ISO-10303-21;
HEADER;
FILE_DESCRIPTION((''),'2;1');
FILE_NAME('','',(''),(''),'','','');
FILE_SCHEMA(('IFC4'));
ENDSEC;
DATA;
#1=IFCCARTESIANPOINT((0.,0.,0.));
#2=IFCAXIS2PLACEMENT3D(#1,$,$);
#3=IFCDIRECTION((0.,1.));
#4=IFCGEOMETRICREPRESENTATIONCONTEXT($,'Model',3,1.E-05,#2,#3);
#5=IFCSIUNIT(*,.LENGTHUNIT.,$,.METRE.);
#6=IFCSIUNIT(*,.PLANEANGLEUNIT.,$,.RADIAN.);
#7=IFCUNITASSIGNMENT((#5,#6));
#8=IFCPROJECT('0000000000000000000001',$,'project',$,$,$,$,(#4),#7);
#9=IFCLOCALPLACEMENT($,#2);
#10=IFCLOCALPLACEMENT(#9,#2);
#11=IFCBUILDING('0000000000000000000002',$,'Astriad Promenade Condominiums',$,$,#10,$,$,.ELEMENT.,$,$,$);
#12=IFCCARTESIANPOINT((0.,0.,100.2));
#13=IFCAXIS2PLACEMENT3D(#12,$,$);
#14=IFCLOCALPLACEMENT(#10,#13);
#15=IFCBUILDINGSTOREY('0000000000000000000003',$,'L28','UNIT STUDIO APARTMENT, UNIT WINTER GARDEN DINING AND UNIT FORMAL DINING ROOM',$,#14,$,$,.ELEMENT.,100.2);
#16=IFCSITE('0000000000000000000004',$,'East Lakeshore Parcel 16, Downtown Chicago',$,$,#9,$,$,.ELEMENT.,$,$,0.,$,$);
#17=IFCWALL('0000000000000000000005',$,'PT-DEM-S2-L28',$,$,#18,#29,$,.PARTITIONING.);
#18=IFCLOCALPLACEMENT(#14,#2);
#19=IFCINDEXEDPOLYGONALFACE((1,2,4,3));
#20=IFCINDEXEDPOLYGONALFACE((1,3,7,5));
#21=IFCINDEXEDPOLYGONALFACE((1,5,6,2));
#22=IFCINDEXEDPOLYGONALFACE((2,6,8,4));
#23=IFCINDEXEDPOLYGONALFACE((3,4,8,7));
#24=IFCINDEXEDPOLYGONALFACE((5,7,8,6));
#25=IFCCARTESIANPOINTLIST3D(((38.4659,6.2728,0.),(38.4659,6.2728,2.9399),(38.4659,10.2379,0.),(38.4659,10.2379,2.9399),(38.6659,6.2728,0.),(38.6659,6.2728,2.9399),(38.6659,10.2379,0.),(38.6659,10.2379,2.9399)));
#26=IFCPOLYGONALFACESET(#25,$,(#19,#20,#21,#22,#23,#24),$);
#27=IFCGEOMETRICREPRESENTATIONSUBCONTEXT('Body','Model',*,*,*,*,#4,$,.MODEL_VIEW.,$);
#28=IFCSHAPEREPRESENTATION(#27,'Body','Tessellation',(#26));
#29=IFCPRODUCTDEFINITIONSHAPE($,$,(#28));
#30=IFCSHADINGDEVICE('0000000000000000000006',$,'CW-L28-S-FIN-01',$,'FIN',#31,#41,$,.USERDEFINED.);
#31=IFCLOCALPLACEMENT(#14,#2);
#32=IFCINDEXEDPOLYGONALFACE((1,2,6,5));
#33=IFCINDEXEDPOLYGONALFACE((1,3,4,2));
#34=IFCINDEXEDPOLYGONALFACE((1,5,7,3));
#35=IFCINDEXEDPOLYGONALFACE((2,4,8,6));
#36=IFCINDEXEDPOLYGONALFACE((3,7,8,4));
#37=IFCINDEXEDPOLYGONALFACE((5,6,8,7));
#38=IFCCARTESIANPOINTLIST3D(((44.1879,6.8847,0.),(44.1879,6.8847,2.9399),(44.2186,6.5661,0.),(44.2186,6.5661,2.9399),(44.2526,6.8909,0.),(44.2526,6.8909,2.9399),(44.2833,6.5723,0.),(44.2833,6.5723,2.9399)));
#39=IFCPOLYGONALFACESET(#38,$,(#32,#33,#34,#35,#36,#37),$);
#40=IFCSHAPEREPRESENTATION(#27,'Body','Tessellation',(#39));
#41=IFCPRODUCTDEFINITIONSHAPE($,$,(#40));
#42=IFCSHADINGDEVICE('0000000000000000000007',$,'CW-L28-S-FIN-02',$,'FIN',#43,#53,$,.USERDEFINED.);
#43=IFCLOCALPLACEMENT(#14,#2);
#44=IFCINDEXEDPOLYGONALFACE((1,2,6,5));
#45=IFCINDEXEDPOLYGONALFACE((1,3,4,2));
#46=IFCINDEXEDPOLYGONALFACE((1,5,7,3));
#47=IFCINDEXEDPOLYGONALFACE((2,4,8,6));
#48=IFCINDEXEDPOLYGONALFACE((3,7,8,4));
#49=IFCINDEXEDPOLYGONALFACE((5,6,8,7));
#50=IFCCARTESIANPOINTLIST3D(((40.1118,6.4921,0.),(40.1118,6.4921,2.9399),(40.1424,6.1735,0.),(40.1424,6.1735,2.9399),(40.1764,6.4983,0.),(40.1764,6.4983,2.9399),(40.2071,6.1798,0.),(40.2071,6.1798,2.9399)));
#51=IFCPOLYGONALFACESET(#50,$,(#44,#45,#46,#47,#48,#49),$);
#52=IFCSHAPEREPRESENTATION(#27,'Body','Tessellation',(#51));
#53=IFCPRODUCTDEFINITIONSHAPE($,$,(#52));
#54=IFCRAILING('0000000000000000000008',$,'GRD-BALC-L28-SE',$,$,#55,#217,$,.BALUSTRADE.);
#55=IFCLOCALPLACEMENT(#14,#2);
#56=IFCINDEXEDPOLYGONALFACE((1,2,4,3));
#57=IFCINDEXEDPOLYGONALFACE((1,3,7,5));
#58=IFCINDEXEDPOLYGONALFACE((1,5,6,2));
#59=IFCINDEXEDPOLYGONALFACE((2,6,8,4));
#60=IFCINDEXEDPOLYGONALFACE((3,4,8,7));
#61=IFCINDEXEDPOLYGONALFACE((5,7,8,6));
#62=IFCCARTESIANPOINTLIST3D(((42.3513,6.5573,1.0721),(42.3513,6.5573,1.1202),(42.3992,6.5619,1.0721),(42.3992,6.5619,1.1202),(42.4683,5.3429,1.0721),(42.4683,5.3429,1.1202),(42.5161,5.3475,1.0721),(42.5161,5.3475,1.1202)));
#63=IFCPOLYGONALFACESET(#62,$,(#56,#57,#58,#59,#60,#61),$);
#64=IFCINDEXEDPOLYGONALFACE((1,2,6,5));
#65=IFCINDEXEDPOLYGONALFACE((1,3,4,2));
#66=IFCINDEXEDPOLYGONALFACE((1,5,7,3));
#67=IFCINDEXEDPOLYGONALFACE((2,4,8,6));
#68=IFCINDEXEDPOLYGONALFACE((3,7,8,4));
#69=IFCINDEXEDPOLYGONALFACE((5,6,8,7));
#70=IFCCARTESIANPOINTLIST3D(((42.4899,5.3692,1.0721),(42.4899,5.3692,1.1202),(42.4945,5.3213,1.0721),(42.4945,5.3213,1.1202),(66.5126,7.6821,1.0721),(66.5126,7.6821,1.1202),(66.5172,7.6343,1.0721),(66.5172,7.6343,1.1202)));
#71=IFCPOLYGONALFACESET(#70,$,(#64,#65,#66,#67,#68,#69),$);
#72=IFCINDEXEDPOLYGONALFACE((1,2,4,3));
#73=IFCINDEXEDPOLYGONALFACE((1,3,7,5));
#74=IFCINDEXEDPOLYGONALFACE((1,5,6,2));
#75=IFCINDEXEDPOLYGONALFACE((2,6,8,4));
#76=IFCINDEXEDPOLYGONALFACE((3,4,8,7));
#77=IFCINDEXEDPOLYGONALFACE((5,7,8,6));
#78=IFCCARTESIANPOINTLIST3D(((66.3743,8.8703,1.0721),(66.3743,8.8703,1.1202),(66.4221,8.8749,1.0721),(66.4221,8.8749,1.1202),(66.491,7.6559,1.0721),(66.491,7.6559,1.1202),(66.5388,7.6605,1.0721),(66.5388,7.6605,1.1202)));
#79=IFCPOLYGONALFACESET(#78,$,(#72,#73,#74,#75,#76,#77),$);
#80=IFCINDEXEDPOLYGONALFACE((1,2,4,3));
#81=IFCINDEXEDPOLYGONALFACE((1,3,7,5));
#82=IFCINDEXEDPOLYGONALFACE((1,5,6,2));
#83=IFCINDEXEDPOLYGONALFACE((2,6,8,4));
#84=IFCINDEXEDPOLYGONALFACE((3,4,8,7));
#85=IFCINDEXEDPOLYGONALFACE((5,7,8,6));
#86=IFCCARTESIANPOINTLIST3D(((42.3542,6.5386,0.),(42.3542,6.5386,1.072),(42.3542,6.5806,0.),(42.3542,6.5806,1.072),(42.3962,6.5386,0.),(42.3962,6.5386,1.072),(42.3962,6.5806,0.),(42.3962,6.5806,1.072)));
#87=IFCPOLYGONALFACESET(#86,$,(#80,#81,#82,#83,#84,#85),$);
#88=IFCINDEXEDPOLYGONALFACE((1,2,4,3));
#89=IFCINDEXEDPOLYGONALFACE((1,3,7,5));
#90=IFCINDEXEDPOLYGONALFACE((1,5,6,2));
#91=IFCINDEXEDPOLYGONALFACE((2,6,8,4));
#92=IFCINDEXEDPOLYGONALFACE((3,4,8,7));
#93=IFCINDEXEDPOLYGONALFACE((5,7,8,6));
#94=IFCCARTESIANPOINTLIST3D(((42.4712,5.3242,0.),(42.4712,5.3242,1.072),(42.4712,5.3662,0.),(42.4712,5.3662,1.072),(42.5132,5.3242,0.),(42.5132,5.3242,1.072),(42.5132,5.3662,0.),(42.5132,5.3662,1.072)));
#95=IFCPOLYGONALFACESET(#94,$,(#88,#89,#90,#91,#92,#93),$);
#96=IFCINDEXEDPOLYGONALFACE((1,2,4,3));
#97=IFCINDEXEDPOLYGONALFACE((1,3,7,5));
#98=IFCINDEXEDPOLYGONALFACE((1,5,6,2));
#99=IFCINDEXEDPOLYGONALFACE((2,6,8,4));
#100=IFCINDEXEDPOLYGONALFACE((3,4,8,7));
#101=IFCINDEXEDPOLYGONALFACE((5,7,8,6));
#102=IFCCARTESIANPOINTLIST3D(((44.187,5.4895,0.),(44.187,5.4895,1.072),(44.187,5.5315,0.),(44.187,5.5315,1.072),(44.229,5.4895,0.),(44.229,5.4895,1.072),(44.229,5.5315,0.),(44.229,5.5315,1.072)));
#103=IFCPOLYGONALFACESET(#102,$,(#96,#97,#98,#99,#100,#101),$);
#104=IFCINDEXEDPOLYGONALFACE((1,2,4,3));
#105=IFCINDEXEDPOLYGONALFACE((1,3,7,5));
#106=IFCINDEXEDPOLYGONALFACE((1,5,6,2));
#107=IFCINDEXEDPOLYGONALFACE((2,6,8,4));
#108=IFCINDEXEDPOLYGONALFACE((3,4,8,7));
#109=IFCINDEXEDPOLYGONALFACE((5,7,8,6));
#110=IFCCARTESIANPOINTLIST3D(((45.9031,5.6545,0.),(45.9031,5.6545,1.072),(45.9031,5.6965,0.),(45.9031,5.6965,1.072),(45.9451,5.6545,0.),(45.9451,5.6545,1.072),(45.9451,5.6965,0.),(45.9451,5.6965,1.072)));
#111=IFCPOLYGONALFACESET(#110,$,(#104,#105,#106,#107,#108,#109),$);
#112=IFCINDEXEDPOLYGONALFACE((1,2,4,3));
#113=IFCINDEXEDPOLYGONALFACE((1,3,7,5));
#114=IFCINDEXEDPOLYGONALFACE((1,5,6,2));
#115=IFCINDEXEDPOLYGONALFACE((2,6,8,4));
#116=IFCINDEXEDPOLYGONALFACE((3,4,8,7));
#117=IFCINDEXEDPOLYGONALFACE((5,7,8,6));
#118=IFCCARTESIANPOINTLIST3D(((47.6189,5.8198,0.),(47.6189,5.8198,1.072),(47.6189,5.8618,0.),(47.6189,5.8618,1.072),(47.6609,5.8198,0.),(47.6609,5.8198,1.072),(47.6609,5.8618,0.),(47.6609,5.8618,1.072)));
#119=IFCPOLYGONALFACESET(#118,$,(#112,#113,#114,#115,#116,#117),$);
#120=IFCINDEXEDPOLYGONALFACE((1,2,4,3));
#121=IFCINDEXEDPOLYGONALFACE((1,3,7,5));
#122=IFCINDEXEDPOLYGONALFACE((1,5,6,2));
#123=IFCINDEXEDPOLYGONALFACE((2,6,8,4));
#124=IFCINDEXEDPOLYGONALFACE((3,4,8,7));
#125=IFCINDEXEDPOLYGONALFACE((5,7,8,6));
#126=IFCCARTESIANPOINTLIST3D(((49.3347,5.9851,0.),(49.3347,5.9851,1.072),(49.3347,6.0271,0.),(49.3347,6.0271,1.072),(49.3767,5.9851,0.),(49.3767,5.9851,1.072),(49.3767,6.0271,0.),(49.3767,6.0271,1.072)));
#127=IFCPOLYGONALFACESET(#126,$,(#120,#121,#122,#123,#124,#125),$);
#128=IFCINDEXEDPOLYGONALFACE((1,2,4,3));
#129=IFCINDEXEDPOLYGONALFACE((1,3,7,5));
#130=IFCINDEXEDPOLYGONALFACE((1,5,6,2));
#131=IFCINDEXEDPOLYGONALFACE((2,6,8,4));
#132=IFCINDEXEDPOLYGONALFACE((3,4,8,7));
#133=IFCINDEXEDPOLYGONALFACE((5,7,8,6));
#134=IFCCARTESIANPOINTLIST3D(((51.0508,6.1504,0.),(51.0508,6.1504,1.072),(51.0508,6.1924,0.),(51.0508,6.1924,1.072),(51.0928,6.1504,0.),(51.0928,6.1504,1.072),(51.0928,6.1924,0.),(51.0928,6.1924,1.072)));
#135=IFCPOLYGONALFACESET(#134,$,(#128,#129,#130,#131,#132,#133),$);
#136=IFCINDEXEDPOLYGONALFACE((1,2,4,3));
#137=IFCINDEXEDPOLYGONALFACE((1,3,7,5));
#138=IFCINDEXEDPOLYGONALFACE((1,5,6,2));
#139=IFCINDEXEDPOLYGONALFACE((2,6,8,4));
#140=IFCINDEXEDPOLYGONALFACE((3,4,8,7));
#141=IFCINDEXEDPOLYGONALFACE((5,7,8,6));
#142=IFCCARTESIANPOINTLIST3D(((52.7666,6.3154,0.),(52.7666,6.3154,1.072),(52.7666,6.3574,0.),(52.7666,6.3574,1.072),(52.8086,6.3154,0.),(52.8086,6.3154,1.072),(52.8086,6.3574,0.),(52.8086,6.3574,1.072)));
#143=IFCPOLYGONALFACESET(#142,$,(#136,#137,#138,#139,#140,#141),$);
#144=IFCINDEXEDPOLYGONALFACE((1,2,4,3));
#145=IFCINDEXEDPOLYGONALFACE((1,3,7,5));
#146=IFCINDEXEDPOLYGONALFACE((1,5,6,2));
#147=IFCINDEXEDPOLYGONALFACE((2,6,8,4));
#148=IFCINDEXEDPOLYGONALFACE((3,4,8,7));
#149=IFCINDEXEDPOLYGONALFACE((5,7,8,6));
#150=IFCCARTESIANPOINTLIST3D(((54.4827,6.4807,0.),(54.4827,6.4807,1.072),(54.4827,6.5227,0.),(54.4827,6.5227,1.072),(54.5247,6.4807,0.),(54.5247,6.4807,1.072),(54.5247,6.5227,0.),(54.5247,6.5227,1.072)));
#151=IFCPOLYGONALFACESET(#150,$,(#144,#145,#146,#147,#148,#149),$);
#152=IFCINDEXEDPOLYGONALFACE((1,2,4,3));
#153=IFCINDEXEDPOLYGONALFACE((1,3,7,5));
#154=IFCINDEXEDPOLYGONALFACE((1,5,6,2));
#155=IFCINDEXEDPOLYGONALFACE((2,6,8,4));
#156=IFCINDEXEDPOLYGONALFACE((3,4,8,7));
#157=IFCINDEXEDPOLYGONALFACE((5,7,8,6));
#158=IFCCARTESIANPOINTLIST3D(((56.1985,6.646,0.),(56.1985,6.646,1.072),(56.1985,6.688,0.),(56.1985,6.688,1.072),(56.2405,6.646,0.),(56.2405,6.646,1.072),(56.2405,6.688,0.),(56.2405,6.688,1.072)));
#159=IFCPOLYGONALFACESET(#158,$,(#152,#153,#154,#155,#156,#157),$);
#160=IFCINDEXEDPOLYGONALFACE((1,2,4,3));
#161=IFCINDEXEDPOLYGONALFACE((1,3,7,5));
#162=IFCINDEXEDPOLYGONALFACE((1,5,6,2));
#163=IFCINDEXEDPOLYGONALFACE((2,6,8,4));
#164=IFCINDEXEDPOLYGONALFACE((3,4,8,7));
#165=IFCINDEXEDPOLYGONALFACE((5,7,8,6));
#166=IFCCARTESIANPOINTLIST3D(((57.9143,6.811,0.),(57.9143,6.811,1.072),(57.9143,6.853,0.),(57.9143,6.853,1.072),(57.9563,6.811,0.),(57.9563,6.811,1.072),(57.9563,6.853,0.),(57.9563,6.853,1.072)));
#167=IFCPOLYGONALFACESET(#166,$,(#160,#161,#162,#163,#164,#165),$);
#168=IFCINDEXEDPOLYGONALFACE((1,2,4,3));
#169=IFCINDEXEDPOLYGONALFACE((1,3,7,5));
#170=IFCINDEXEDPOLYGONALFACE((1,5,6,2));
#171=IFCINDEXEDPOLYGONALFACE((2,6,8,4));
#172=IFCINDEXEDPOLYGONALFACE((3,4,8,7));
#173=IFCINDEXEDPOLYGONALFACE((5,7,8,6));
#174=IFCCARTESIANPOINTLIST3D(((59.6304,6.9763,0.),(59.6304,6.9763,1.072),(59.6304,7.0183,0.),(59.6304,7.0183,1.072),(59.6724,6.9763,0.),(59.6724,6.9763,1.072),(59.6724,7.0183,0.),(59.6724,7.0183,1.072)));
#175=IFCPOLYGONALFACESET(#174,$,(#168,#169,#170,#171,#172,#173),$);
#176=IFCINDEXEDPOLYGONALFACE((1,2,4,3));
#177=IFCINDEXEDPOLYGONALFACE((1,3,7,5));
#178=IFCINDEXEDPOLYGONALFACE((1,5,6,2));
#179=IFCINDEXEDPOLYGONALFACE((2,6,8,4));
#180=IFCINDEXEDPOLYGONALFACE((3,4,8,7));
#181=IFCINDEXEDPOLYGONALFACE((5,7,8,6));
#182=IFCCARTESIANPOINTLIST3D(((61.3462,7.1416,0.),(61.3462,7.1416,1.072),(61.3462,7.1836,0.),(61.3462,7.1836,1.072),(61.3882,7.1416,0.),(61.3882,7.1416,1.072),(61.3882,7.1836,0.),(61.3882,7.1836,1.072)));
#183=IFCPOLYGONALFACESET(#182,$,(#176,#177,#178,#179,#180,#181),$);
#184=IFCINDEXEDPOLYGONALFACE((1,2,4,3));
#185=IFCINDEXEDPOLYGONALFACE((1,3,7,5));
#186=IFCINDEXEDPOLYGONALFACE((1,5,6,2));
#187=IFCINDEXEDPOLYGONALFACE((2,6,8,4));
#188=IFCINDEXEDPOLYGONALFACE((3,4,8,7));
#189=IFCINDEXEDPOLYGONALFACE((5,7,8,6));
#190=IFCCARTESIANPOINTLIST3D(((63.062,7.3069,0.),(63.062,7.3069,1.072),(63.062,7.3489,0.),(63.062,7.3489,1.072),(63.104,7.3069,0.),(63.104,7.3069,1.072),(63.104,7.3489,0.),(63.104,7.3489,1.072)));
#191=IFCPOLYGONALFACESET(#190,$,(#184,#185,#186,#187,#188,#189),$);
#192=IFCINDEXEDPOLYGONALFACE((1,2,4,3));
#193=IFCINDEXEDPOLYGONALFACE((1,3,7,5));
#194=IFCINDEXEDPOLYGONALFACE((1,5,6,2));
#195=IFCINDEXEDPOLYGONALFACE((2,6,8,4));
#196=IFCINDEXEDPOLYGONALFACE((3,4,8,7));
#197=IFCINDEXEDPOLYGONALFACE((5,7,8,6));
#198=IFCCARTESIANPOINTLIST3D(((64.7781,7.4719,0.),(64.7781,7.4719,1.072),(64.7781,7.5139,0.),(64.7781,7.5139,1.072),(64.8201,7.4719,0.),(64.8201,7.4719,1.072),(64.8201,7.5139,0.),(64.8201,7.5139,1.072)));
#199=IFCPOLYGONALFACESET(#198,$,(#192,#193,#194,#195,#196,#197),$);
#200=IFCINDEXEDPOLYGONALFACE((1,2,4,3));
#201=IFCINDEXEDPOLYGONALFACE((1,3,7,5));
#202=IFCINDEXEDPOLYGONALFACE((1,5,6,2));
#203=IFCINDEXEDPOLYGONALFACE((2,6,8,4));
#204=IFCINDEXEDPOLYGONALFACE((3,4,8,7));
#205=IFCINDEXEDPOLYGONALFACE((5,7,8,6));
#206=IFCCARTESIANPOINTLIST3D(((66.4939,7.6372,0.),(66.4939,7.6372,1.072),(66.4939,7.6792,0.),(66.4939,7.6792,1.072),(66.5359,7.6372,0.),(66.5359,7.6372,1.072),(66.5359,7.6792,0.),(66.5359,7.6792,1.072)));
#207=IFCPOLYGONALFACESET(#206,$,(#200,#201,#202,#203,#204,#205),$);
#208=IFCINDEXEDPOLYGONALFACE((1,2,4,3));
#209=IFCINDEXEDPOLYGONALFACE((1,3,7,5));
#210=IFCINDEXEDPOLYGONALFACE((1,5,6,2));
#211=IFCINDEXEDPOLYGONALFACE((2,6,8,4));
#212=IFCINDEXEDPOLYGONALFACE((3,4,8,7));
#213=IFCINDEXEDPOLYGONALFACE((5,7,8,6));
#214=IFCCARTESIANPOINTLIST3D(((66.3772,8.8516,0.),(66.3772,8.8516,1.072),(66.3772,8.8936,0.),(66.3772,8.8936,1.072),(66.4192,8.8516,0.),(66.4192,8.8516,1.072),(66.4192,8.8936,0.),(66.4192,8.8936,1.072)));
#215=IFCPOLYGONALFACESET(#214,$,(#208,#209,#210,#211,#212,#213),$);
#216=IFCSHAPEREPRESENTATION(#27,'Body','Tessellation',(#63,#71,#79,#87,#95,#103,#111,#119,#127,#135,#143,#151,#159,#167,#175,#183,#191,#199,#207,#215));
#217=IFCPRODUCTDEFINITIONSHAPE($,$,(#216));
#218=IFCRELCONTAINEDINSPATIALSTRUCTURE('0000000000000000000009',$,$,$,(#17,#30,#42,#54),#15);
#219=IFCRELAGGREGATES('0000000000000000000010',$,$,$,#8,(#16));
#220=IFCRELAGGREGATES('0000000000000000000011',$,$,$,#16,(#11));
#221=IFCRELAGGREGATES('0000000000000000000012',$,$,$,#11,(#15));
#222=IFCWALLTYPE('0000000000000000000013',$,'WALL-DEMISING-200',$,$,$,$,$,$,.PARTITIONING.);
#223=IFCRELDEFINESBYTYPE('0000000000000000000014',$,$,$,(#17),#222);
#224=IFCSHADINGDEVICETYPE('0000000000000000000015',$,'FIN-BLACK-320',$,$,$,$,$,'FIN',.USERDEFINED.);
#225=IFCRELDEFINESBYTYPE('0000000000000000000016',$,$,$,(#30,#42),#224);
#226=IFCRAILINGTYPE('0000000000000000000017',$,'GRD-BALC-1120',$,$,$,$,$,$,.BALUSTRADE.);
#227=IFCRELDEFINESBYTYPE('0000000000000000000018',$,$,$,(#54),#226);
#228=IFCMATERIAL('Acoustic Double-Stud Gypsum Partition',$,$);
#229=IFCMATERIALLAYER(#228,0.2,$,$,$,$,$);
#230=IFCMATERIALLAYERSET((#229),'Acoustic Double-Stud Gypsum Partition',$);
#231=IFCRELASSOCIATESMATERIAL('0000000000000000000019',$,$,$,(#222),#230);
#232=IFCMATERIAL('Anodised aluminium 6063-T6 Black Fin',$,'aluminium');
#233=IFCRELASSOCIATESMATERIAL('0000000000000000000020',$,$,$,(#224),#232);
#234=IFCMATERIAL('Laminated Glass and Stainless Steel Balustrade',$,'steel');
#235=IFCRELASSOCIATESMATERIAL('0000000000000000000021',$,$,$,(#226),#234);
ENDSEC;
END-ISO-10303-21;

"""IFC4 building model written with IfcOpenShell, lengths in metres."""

from ifc_helpers import new_model, si_unit, direction, frame, frame_2d, origin, origin_2d, place, context, subcontext, project, spatial, rectangle, extrude, source, transform, mapped, material, layer, layer_set, type_object, type_shapes, element, save


model = new_model("IFC4")

# Units and contexts
model_context = context("Model", 3, precision=1e-05, world=origin(), true_north=direction((0.0, 1.0)))
body_context = subcontext(model_context, "Body", "Model", "MODEL_VIEW")
ifc_project = project(units=[si_unit("LENGTHUNIT", "METRE"), si_unit("PLANEANGLEUNIT", "RADIAN")], contexts=[model_context])

# Site, building, storey
site_placement = place(None, origin())
site = spatial("IfcSite", under=ifc_project, at=site_placement, Name="East Lakeshore Parcel 16, Downtown Chicago", CompositionType="ELEMENT", RefElevation=0.0)
building_placement = place(site_placement, origin())
building = spatial("IfcBuilding", under=site, at=building_placement, Name="Astriad Promenade Condominiums", CompositionType="ELEMENT")
storey_placement = place(building_placement, frame((0.0, 0.0, 100.2)))
storey = spatial("IfcBuildingStorey", under=building, at=storey_placement, Name="L28", Description="UNIT STUDIO APARTMENT, UNIT WINTER GARDEN DINING AND UNIT FORMAL DINING ROOM", CompositionType="ELEMENT", Elevation=100.2)

# Wall
ifc_material_1 = material(Name="Acoustic Double-Stud Gypsum Partition")
ifc_layer_1 = layer(ifc_material_1, 0.2)
ifc_layer_set_1 = layer_set([ifc_layer_1], Name="Acoustic Double-Stud Gypsum Partition")
wall_type_1 = type_object("IfcWallType", Name="WALL-DEMISING-200", PredefinedType="PARTITIONING", material=ifc_layer_set_1)
wall_1_placement = place(storey_placement, frame((38.5659, 6.2729, 0.0), z_axis=(0.0, 0.0, 1.0), x_axis=(0.0, 1.0, 0.0)))
element("IfcWall", 1, at=wall_1_placement, inside=storey, type_object=wall_type_1, Name="PT-DEM-S2-L28", PredefinedType="PARTITIONING", context=body_context, shape_type="SweptSolid", body=[
    extrude(rectangle(XDim=3.9651, YDim=0.2, at=frame_2d((1.9824, 0.0))), origin(), (0.0, 0.0, 1.0), 2.9399),
])

# Shading devices
ifc_material_2 = material(Name="Anodised aluminium 6063-T6 Black Fin", Category="aluminium")
shading_device_type = type_object("IfcShadingDeviceType", Name="FIN-BLACK-320", ElementType="FIN", PredefinedType="USERDEFINED", material=ifc_material_2)
shared_shape_1 = source(origin(), body_context, "Body", "SweptSolid", [
    extrude(rectangle(XDim=0.0649, YDim=0.3201, at=origin_2d()), origin(), (0.0, 0.0, 1.0), 2.9399),
])
type_shapes(shading_device_type, [shared_shape_1])
for number, where, z_axis, x_axis, name in (
    (2, (44.2356, 6.7285, 0.0), (0.0, 0.0, 1.0), (-0.995396, -0.095846, 0.0), "CW-L28-S-FIN-01"),
    (3, (40.1594, 6.3359, 0.0), (0.0, 0.0, 1.0), (-0.995396, -0.095846, 0.0), "CW-L28-S-FIN-02"),
):
    element("IfcShadingDevice", number, at=place(storey_placement, frame(where, z_axis=z_axis, x_axis=x_axis)), inside=storey, type_object=shading_device_type, Name=name, ObjectType="FIN", PredefinedType="USERDEFINED", context=body_context, shape_type="MappedRepresentation", body=[
        mapped(shared_shape_1, transform((0.0, 0.0, 0.0), scale=1.0)),
    ])

# Railing
ifc_material_3 = material(Name="Laminated Glass and Stainless Steel Balustrade", Category="steel")
railing_type = type_object("IfcRailingType", Name="GRD-BALC-1120", PredefinedType="BALUSTRADE", material=ifc_material_3)
shared_shape_2 = source(origin(), body_context, "Body", "SweptSolid", [
    extrude(rectangle(XDim=0.0481, YDim=0.0481, at=origin_2d()), frame((0.0, 0.0, 1.0962), z_axis=(0.095857, -0.995395, 0.0), x_axis=(0.995395, 0.095857, 0.0)), (0.0, 0.0, 1.0), 1.22),
    extrude(rectangle(XDim=0.0481, YDim=0.0481, at=origin_2d()), frame((0.1169, -1.2144, 1.0962), z_axis=(0.995397, 0.09584, 0.0), x_axis=(-0.09584, 0.995397, 0.0)), (0.0, 0.0, 1.0), 24.1338),
    extrude(rectangle(XDim=0.0481, YDim=0.0481, at=origin_2d()), frame((24.1396, 1.0986, 1.0962), z_axis=(-0.095659, 0.995414, 0.0), x_axis=(-0.995414, -0.095659, 0.0)), (0.0, 0.0, 1.0), 1.22),
    extrude(rectangle(XDim=0.042, YDim=0.042, at=origin_2d()), origin(), (0.0, 0.0, 1.0), 1.072),
    extrude(rectangle(XDim=0.042, YDim=0.042, at=origin_2d()), frame((0.1169, -1.2144, 0.0)), (0.0, 0.0, 1.0), 1.072),
    extrude(rectangle(XDim=0.042, YDim=0.042, at=origin_2d()), frame((1.8328, -1.0491, 0.0)), (0.0, 0.0, 1.0), 1.072),
    extrude(rectangle(XDim=0.042, YDim=0.042, at=origin_2d()), frame((3.5488, -0.884, 0.0)), (0.0, 0.0, 1.0), 1.072),
    extrude(rectangle(XDim=0.042, YDim=0.042, at=origin_2d()), frame((5.2646, -0.7188, 0.0)), (0.0, 0.0, 1.0), 1.072),
    extrude(rectangle(XDim=0.042, YDim=0.042, at=origin_2d()), frame((6.9805, -0.5535, 0.0)), (0.0, 0.0, 1.0), 1.072),
    extrude(rectangle(XDim=0.042, YDim=0.042, at=origin_2d()), frame((8.6965, -0.3882, 0.0)), (0.0, 0.0, 1.0), 1.072),
    extrude(rectangle(XDim=0.042, YDim=0.042, at=origin_2d()), frame((10.4124, -0.2231, 0.0)), (0.0, 0.0, 1.0), 1.072),
    extrude(rectangle(XDim=0.042, YDim=0.042, at=origin_2d()), frame((12.1284, -0.0579, 0.0)), (0.0, 0.0, 1.0), 1.072),
    extrude(rectangle(XDim=0.042, YDim=0.042, at=origin_2d()), frame((13.8442, 0.1074, 0.0)), (0.0, 0.0, 1.0), 1.072),
    extrude(rectangle(XDim=0.042, YDim=0.042, at=origin_2d()), frame((15.5601, 0.2725, 0.0)), (0.0, 0.0, 1.0), 1.072),
    extrude(rectangle(XDim=0.042, YDim=0.042, at=origin_2d()), frame((17.2761, 0.4377, 0.0)), (0.0, 0.0, 1.0), 1.072),
    extrude(rectangle(XDim=0.042, YDim=0.042, at=origin_2d()), frame((18.9919, 0.603, 0.0)), (0.0, 0.0, 1.0), 1.072),
    extrude(rectangle(XDim=0.042, YDim=0.042, at=origin_2d()), frame((20.7078, 0.7683, 0.0)), (0.0, 0.0, 1.0), 1.072),
    extrude(rectangle(XDim=0.042, YDim=0.042, at=origin_2d()), frame((22.4238, 0.9333, 0.0)), (0.0, 0.0, 1.0), 1.072),
    extrude(rectangle(XDim=0.042, YDim=0.042, at=origin_2d()), frame((24.1396, 1.0986, 0.0)), (0.0, 0.0, 1.0), 1.072),
    extrude(rectangle(XDim=0.042, YDim=0.042, at=origin_2d()), frame((24.0229, 2.313, 0.0)), (0.0, 0.0, 1.0), 1.072),
])
type_shapes(railing_type, [shared_shape_2])
railing_placement = place(storey_placement, frame((42.3752, 6.5596, 0.0)))
element("IfcRailing", 4, at=railing_placement, inside=storey, type_object=railing_type, Name="GRD-BALC-L28-SE", PredefinedType="BALUSTRADE", context=body_context, shape_type="MappedRepresentation", body=[
    mapped(shared_shape_2, transform((0.0, 0.0, 0.0), scale=1.0)),
])

save(model, "model.ifc")
